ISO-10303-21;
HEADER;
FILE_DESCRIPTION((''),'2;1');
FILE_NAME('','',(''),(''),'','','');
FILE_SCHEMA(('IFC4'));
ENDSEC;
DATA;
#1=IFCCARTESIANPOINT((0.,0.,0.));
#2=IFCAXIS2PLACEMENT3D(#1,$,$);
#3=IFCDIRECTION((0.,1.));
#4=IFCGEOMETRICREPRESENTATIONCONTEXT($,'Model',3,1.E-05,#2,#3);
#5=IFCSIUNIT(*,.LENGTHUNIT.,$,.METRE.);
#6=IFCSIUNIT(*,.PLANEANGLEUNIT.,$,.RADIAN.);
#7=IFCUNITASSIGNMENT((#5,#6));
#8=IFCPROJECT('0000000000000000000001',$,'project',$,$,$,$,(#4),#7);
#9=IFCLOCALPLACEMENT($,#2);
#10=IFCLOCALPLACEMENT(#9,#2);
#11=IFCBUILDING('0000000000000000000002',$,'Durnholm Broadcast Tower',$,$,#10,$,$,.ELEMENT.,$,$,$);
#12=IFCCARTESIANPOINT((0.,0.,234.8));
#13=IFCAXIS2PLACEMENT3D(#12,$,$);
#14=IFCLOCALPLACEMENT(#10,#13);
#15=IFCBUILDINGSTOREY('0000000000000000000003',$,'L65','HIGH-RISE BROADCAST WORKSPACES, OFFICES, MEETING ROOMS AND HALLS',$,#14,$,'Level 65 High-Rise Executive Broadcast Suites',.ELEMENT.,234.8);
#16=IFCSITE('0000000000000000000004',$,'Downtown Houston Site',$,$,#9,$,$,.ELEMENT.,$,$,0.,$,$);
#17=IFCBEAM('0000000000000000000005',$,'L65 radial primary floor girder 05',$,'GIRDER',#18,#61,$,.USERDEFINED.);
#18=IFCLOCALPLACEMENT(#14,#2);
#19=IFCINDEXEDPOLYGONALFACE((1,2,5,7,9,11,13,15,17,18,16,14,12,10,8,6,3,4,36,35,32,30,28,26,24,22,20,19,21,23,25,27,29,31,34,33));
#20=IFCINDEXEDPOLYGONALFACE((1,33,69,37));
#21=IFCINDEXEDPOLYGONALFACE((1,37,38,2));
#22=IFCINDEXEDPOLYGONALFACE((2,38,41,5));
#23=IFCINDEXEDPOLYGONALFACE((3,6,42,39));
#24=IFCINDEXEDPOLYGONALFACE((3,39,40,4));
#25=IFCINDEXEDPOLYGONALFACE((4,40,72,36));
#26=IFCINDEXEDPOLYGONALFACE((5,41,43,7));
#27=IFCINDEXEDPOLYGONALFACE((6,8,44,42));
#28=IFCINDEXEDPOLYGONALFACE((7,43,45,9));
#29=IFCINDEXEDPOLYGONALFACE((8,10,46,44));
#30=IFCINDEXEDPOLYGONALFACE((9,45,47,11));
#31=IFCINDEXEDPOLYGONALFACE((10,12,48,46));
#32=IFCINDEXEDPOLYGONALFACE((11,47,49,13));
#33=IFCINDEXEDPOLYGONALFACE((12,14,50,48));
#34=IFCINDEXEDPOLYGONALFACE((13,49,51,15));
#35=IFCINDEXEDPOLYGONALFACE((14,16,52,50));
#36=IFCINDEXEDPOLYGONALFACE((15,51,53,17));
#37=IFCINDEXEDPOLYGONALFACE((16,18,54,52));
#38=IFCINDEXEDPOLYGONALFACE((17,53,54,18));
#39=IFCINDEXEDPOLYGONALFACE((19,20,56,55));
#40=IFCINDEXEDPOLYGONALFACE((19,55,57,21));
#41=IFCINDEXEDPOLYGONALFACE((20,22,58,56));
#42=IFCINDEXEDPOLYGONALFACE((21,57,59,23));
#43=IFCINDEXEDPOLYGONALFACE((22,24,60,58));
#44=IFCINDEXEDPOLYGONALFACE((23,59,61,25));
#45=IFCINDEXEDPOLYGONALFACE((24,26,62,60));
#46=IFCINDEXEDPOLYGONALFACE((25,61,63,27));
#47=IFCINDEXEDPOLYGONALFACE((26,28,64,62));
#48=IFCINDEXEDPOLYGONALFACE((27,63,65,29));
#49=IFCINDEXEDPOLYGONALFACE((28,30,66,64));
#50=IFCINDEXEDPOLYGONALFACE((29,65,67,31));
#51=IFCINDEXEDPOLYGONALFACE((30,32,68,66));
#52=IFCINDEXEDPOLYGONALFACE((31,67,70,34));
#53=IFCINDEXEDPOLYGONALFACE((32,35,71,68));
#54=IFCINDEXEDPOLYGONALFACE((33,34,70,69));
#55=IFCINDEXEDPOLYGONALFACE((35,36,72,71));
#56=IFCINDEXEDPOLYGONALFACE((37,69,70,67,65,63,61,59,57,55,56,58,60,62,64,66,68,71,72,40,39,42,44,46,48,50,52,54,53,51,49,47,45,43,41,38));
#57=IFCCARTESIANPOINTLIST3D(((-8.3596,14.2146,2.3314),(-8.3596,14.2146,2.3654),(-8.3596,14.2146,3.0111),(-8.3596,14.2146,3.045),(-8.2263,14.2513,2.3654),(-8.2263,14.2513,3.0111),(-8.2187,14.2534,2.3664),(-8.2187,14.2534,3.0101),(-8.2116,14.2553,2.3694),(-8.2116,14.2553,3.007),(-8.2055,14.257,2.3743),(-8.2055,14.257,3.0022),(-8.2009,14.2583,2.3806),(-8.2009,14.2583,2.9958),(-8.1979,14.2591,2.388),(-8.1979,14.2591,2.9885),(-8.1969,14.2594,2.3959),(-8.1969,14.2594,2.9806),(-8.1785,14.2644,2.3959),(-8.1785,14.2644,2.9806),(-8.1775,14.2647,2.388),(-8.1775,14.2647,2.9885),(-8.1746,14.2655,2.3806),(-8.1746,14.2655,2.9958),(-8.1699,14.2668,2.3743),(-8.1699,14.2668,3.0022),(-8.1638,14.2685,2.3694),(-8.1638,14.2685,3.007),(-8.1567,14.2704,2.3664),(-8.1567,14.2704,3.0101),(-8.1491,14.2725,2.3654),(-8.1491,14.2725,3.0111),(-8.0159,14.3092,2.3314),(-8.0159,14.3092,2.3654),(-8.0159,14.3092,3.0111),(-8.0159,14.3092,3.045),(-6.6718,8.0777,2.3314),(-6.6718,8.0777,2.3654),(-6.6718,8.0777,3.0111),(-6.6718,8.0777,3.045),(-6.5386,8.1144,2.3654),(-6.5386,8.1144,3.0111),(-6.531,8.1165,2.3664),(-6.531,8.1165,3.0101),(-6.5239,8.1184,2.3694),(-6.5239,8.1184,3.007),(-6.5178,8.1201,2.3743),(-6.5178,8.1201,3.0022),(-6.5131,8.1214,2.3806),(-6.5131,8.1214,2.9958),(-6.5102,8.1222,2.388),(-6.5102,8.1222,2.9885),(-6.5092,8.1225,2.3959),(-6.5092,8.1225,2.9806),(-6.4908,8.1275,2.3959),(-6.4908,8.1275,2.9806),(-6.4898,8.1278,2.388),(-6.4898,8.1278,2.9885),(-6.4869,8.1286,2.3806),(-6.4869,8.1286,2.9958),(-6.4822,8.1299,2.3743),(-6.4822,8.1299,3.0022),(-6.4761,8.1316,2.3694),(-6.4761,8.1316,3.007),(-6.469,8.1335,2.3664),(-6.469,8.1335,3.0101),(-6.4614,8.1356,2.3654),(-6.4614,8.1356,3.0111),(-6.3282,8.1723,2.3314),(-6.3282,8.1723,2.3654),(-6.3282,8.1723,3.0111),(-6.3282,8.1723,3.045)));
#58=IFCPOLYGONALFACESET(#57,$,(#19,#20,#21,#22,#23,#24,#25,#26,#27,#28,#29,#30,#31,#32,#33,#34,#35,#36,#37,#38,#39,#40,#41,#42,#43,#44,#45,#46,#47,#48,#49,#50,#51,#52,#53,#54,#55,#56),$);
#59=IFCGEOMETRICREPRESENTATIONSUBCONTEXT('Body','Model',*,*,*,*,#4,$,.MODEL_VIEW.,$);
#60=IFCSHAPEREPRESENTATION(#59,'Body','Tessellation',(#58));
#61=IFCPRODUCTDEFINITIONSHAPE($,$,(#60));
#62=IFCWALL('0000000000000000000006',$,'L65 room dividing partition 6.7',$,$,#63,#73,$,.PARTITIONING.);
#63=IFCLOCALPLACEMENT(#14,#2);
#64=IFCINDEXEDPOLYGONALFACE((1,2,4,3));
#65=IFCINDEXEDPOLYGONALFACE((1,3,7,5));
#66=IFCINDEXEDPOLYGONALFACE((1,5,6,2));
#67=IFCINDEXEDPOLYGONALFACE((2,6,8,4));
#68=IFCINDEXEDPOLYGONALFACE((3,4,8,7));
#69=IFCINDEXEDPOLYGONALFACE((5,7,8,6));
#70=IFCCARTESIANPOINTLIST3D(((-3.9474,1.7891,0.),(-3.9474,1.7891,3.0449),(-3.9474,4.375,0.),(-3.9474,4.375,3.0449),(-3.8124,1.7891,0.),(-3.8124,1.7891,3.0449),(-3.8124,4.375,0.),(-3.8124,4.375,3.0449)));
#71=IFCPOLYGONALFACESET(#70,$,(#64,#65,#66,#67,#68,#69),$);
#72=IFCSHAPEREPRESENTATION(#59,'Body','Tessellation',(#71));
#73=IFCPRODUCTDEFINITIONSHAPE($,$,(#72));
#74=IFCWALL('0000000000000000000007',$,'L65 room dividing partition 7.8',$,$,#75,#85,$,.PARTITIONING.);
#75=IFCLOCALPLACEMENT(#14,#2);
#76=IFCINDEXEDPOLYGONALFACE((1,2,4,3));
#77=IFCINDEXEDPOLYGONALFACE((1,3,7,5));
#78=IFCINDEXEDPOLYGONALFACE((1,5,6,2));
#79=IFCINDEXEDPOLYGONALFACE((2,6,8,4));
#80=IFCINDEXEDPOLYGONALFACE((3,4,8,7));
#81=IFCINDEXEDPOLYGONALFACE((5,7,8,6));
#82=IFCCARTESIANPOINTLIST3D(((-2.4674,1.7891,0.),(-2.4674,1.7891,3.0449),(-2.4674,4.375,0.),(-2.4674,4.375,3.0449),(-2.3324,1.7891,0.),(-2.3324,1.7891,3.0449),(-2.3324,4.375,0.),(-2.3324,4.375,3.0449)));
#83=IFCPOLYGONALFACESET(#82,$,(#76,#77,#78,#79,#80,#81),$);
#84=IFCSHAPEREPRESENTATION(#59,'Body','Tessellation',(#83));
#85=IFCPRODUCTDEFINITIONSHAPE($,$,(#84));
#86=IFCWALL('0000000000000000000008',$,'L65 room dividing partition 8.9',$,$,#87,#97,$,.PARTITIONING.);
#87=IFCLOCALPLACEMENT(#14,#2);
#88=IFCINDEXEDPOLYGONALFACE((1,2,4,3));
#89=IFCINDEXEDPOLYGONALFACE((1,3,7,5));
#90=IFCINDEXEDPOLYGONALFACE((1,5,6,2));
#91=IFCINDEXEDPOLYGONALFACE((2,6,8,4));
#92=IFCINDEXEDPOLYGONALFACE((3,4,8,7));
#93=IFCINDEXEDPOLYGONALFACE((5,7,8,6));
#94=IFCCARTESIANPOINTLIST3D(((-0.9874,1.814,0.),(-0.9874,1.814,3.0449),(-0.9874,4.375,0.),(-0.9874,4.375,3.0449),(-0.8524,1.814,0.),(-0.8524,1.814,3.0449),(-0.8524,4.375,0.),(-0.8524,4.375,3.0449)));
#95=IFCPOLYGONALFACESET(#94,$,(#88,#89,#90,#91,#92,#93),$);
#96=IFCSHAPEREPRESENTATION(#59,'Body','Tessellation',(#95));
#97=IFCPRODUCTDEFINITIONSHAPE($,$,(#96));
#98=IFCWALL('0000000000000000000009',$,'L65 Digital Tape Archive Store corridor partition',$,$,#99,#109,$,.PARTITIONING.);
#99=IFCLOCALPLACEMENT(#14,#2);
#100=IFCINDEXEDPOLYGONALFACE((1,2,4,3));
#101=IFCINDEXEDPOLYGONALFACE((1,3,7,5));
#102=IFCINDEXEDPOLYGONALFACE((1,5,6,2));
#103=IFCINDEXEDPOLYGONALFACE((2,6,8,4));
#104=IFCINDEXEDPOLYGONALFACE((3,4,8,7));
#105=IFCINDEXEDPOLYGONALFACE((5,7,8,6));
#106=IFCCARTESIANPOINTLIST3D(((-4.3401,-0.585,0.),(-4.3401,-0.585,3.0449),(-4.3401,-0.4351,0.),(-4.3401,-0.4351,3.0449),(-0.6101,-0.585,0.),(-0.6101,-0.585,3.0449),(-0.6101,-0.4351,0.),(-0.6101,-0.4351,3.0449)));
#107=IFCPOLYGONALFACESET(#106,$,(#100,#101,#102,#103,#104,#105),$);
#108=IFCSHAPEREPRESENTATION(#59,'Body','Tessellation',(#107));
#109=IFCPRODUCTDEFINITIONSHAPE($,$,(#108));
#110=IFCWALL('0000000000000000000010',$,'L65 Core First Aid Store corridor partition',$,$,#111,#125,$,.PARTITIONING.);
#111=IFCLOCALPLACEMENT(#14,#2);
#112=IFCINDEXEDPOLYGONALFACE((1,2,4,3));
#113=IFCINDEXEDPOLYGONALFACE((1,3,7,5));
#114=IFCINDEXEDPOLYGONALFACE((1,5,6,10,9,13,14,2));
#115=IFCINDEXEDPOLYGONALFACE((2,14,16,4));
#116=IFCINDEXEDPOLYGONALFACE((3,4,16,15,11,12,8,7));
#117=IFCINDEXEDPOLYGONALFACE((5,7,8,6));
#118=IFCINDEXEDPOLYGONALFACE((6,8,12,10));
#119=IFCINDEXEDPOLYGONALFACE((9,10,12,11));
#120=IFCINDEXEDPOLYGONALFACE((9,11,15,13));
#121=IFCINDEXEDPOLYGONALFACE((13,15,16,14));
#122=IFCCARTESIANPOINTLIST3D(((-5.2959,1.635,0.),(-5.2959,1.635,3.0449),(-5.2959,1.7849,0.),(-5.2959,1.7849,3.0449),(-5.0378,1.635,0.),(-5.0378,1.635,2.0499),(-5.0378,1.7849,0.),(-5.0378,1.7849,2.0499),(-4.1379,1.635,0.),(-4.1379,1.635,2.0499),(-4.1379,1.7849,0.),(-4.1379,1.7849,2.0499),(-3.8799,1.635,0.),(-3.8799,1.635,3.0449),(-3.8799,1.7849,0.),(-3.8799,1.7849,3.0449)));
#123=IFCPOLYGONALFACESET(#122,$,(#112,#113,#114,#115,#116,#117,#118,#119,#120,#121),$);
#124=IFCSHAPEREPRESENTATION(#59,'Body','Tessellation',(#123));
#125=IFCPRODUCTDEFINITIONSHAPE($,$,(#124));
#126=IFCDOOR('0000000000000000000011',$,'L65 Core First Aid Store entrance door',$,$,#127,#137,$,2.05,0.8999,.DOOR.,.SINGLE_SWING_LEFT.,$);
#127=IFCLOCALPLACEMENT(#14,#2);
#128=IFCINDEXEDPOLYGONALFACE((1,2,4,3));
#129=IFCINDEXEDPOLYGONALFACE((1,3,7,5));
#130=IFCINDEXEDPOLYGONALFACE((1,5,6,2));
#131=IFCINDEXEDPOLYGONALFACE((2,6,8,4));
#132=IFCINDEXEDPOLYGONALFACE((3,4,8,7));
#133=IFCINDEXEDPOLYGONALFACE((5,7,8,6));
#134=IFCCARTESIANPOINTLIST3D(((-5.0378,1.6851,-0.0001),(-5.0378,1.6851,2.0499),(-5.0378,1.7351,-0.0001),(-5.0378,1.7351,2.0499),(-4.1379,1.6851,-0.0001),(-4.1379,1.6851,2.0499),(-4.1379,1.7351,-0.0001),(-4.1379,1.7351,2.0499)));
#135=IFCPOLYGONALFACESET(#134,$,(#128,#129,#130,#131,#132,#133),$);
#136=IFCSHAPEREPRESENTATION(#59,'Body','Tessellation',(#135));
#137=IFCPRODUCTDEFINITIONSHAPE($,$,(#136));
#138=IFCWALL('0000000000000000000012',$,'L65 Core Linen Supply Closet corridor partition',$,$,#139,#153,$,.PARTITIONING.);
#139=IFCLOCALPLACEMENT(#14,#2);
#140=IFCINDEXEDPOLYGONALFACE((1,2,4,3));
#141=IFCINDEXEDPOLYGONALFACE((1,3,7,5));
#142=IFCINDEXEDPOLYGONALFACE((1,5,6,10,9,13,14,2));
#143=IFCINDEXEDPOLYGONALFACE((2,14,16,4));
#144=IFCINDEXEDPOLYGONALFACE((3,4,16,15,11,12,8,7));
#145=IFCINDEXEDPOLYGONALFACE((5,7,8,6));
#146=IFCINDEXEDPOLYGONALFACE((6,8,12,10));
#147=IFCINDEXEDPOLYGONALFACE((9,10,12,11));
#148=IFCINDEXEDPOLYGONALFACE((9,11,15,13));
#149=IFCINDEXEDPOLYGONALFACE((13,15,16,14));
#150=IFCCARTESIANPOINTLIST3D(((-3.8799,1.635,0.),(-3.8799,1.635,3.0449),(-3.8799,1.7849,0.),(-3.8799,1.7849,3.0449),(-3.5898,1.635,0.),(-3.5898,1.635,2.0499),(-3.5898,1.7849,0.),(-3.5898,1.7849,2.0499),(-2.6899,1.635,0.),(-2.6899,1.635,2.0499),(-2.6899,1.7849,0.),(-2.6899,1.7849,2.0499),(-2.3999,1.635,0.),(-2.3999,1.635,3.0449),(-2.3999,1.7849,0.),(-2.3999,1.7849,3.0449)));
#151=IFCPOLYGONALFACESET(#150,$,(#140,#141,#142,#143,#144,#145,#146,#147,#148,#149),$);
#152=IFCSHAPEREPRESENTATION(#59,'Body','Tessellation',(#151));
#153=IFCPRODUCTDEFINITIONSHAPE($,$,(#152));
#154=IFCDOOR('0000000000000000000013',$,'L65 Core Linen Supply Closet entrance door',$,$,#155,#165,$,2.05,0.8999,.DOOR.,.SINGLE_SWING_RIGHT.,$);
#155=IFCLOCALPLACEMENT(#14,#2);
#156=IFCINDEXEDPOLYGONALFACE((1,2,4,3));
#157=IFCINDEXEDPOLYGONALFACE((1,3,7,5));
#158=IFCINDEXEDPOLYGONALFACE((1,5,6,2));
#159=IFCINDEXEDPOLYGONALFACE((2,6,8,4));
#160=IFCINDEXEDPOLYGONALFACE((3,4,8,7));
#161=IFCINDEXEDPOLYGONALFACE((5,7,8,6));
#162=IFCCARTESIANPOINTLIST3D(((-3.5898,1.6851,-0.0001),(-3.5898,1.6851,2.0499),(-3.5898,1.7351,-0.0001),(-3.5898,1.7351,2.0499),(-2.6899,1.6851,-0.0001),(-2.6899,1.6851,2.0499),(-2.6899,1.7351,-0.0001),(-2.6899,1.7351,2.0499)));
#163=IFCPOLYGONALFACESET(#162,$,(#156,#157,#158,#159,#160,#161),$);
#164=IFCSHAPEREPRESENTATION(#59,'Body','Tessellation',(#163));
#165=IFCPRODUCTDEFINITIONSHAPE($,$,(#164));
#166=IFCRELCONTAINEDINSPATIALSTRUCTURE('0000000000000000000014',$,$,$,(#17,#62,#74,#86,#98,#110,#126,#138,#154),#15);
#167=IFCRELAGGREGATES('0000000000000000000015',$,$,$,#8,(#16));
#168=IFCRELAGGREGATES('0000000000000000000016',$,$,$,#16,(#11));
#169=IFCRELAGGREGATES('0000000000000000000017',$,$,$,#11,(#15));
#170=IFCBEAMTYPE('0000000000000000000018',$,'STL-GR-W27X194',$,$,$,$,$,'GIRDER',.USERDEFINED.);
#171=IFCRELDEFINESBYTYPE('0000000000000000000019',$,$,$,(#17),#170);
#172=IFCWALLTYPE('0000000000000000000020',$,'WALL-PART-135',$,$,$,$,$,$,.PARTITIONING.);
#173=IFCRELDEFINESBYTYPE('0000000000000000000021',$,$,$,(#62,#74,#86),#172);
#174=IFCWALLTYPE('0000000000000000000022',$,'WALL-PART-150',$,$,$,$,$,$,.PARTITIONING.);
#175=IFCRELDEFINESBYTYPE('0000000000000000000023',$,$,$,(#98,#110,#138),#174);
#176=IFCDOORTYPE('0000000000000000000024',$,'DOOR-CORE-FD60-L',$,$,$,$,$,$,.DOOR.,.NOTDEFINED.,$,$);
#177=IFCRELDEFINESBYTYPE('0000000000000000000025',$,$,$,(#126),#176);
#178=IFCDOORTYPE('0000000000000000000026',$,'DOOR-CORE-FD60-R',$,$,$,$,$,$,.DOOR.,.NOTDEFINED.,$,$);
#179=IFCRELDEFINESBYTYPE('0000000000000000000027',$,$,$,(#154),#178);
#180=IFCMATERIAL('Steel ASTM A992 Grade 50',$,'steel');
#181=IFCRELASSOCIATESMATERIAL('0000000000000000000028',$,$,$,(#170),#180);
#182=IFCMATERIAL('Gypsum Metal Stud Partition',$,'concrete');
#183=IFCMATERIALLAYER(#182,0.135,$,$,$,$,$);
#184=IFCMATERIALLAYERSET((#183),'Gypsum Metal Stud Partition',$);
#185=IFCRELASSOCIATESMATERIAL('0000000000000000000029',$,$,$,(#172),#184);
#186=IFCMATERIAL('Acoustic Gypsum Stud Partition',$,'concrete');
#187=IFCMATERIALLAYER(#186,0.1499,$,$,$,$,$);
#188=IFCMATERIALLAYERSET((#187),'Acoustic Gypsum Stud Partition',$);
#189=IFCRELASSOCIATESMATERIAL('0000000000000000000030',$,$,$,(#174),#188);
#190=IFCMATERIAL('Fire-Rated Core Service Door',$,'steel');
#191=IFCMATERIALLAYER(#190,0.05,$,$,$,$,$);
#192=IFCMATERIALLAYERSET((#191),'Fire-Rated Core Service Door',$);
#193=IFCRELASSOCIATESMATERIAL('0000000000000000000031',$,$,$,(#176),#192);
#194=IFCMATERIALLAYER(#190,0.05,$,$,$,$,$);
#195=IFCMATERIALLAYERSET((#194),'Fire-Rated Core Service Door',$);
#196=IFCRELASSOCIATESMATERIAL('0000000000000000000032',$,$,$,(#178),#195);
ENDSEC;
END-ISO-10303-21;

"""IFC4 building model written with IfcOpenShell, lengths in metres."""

from ifc_helpers import new_model, si_unit, direction, frame, frame_2d, origin, origin_2d, place, context, subcontext, project, spatial, rectangle, i_section, extrude, source, transform, mapped, material, layer, layer_set, material_profile, profile_set, type_object, type_shapes, element, fill, save


model = new_model("IFC4")

# Units and contexts
model_context = context("Model", 3, precision=1e-05, world=origin(), true_north=direction((0.0, 1.0)))
body_context = subcontext(model_context, "Body", "Model", "MODEL_VIEW")
ifc_project = project(units=[si_unit("LENGTHUNIT", "METRE"), si_unit("PLANEANGLEUNIT", "RADIAN")], contexts=[model_context])

# Site, building, storey
site_placement = place(None, origin())
site = spatial("IfcSite", under=ifc_project, at=site_placement, Name="Downtown Houston Site", CompositionType="ELEMENT", RefElevation=0.0)
building_placement = place(site_placement, origin())
building = spatial("IfcBuilding", under=site, at=building_placement, Name="Durnholm Broadcast Tower", CompositionType="ELEMENT")
storey_placement = place(building_placement, frame((0.0, 0.0, 234.8)))
storey = spatial("IfcBuildingStorey", under=building, at=storey_placement, Name="L65", Description="HIGH-RISE BROADCAST WORKSPACES, OFFICES, MEETING ROOMS AND HALLS", LongName="Level 65 High-Rise Executive Broadcast Suites", CompositionType="ELEMENT", Elevation=234.8)

# Beam
ifc_material_1 = material(Name="Steel ASTM A992 Grade 50", Category="steel")
ifc_material_profile = material_profile(ifc_material_1, i_section(OverallWidth=0.3564, OverallDepth=0.7136, WebThickness=0.019, FlangeThickness=0.0339, FilletRadius=0.0305, at=origin_2d()), Name="W27X194")
ifc_profile_set = profile_set([ifc_material_profile], Name="Steel ASTM A992 Grade 50")
beam_type = type_object("IfcBeamType", Name="STL-GR-W27X194", ElementType="GIRDER", PredefinedType="USERDEFINED", material=ifc_profile_set)
shared_shape_1 = source(origin(), body_context, "Body", "SweptSolid", [
    extrude(i_section(OverallWidth=0.3564, OverallDepth=0.7136, WebThickness=0.019, FlangeThickness=0.0339, FilletRadius=0.0305, at=origin_2d()), origin(), (0.0, 0.0, 1.0), 6.3647),
])
type_shapes(beam_type, [shared_shape_1])
beam_placement = place(storey_placement, frame((-6.5, 8.125, 2.6882), z_axis=(-0.265168, 0.964202, 0.0), x_axis=(-0.964202, -0.265168, 0.0)))
element("IfcBeam", 1, at=beam_placement, inside=storey, type_object=beam_type, Name="L65 radial primary floor girder 05", ObjectType="GIRDER", PredefinedType="USERDEFINED", context=body_context, shape_type="MappedRepresentation", body=[
    mapped(shared_shape_1, transform((0.0, 0.0, 0.0), x_axis=(1.0, 0.0, 0.0), y_axis=(0.0, 1.0, 0.0), z_axis=(0.0, 0.0, 1.0), scale=1.0)),
])

# Walls
ifc_material_2 = material(Name="Gypsum Metal Stud Partition", Category="concrete")
ifc_layer_1 = layer(ifc_material_2, 0.135)
ifc_layer_set_1 = layer_set([ifc_layer_1], Name="Gypsum Metal Stud Partition")
wall_type_1 = type_object("IfcWallType", Name="WALL-PART-135", PredefinedType="PARTITIONING", material=ifc_layer_set_1)
for number, where, z_axis, x_axis, name in (
    (2, (-3.8799, 4.375, 0.0), (0.0, 0.0, 1.0), (0.0, -1.0, 0.0), "L65 room dividing partition 6.7"),
    (3, (-2.3999, 4.375, 0.0), (0.0, 0.0, 1.0), (0.0, -1.0, 0.0), "L65 room dividing partition 7.8"),
):
    element("IfcWall", number, at=place(storey_placement, frame(where, z_axis=z_axis, x_axis=x_axis)), inside=storey, type_object=wall_type_1, Name=name, PredefinedType="PARTITIONING", context=body_context, shape_type="SweptSolid", body=[
        extrude(rectangle(XDim=2.5859, YDim=0.135, at=frame_2d((1.293, 0.0))), origin(), (0.0, 0.0, 1.0), 3.0449),
    ])
wall_1_placement = place(storey_placement, frame((-0.9199, 4.375, 0.0), z_axis=(0.0, 0.0, 1.0), x_axis=(0.0, -1.0, 0.0)))
element("IfcWall", 4, at=wall_1_placement, inside=storey, type_object=wall_type_1, Name="L65 room dividing partition 8.9", PredefinedType="PARTITIONING", context=body_context, shape_type="SweptSolid", body=[
    extrude(rectangle(XDim=2.561, YDim=0.135, at=frame_2d((1.2805, 0.0))), origin(), (0.0, 0.0, 1.0), 3.0449),
])
ifc_material_3 = material(Name="Acoustic Gypsum Stud Partition", Category="concrete")
ifc_layer_2 = layer(ifc_material_3, 0.1499)
ifc_layer_set_2 = layer_set([ifc_layer_2], Name="Acoustic Gypsum Stud Partition")
wall_type_2 = type_object("IfcWallType", Name="WALL-PART-150", PredefinedType="PARTITIONING", material=ifc_layer_set_2)
wall_2_placement = place(storey_placement, frame((-4.3401, -0.51, 0.0), z_axis=(0.0, 0.0, 1.0), x_axis=(1.0, 0.0, 0.0)))
element("IfcWall", 5, at=wall_2_placement, inside=storey, type_object=wall_type_2, Name="L65 Digital Tape Archive Store corridor partition", PredefinedType="PARTITIONING", context=body_context, shape_type="SweptSolid", body=[
    extrude(rectangle(XDim=3.73, YDim=0.1499, at=frame_2d((1.865, 0.0))), origin(), (0.0, 0.0, 1.0), 3.0449),
])

# Walls, openings, doors
wall_3_placement = place(storey_placement, frame((-3.8799, 1.71, 0.0), z_axis=(0.0, 0.0, 1.0), x_axis=(-1.0, 0.0, 0.0)))
wall_3 = element("IfcWall", 6, at=wall_3_placement, inside=storey, type_object=wall_type_2, Name="L65 Core First Aid Store corridor partition", PredefinedType="PARTITIONING", context=body_context, shape_type="SweptSolid", body=[
    extrude(rectangle(XDim=1.416, YDim=0.1499, at=frame_2d((0.708, 0.0))), origin(), (0.0, 0.0, 1.0), 3.0449),
])
opening_1_placement = place(wall_3_placement, frame((0.2581, 0.0, 0.0)))
opening_1 = element("IfcOpeningElement", 7, at=opening_1_placement, cuts=wall_3, PredefinedType="OPENING", context=body_context, shape_type="SweptSolid", body=[
    extrude(rectangle(XDim=0.8999, YDim=2.05, at=frame_2d((0.45, 1.0249))), frame((0.0, 0.085, 0.0), z_axis=(0.0, -1.0, 0.0), x_axis=(1.0, 0.0, 0.0)), (0.0, 0.0, 1.0), 0.1699),
])
ifc_material_4 = material(Name="Fire-Rated Core Service Door", Category="steel")
ifc_layer_3 = layer(ifc_material_4, 0.05)
ifc_layer_set_3 = layer_set([ifc_layer_3], Name="Fire-Rated Core Service Door")
door_type_1 = type_object("IfcDoorType", Name="DOOR-CORE-FD60-L", OperationType="NOTDEFINED", PredefinedType="DOOR", material=ifc_layer_set_3)
shared_shape_2 = source(origin(), body_context, "Body", "SweptSolid", [
    extrude(rectangle(XDim=0.8999, YDim=2.05, at=frame_2d((0.45, 1.0249))), frame((0.0, 0.0249, 0.0), z_axis=(0.0, -1.0, 0.0), x_axis=(1.0, 0.0, 0.0)), (0.0, 0.0, 1.0), 0.05),
])
type_shapes(door_type_1, [shared_shape_2])
door_1_placement = place(opening_1_placement, origin())
door_1 = element("IfcDoor", 8, at=door_1_placement, inside=storey, type_object=door_type_1, Name="L65 Core First Aid Store entrance door", OperationType="SINGLE_SWING_LEFT", OverallHeight=2.05, OverallWidth=0.8999, PredefinedType="DOOR", context=body_context, shape_type="MappedRepresentation", body=[
    mapped(shared_shape_2, transform((0.0, 0.0, 0.0), x_axis=(1.0, 0.0, 0.0), y_axis=(0.0, 1.0, 0.0), z_axis=(0.0, 0.0, 1.0), scale=1.0)),
])
fill(opening_1, door_1)
wall_4_placement = place(storey_placement, frame((-2.3999, 1.71, 0.0), z_axis=(0.0, 0.0, 1.0), x_axis=(-1.0, 0.0, 0.0)))
wall_4 = element("IfcWall", 9, at=wall_4_placement, inside=storey, type_object=wall_type_2, Name="L65 Core Linen Supply Closet corridor partition", PredefinedType="PARTITIONING", context=body_context, shape_type="SweptSolid", body=[
    extrude(rectangle(XDim=1.48, YDim=0.1499, at=frame_2d((0.74, 0.0))), origin(), (0.0, 0.0, 1.0), 3.0449),
])
opening_2_placement = place(wall_4_placement, frame((0.29, 0.0, 0.0)))
opening_2 = element("IfcOpeningElement", 10, at=opening_2_placement, cuts=wall_4, PredefinedType="OPENING", context=body_context, shape_type="SweptSolid", body=[
    extrude(rectangle(XDim=0.8999, YDim=2.05, at=frame_2d((0.45, 1.0249))), frame((0.0, 0.085, 0.0), z_axis=(0.0, -1.0, 0.0), x_axis=(1.0, 0.0, 0.0)), (0.0, 0.0, 1.0), 0.1699),
])
ifc_layer_4 = layer(ifc_material_4, 0.05)
ifc_layer_set_4 = layer_set([ifc_layer_4], Name="Fire-Rated Core Service Door")
door_type_2 = type_object("IfcDoorType", Name="DOOR-CORE-FD60-R", OperationType="NOTDEFINED", PredefinedType="DOOR", material=ifc_layer_set_4)
shared_shape_3 = source(origin(), body_context, "Body", "SweptSolid", [
    extrude(rectangle(XDim=0.8999, YDim=2.05, at=frame_2d((0.45, 1.0249))), frame((0.0, 0.0249, 0.0), z_axis=(0.0, -1.0, 0.0), x_axis=(1.0, 0.0, 0.0)), (0.0, 0.0, 1.0), 0.05),
])
type_shapes(door_type_2, [shared_shape_3])
door_2_placement = place(opening_2_placement, origin())
door_2 = element("IfcDoor", 11, at=door_2_placement, inside=storey, type_object=door_type_2, Name="L65 Core Linen Supply Closet entrance door", OperationType="SINGLE_SWING_RIGHT", OverallHeight=2.05, OverallWidth=0.8999, PredefinedType="DOOR", context=body_context, shape_type="MappedRepresentation", body=[
    mapped(shared_shape_3, transform((0.0, 0.0, 0.0), x_axis=(1.0, 0.0, 0.0), y_axis=(0.0, 1.0, 0.0), z_axis=(0.0, 0.0, 1.0), scale=1.0)),
])
fill(opening_2, door_2)

save(model, "model.ifc")
